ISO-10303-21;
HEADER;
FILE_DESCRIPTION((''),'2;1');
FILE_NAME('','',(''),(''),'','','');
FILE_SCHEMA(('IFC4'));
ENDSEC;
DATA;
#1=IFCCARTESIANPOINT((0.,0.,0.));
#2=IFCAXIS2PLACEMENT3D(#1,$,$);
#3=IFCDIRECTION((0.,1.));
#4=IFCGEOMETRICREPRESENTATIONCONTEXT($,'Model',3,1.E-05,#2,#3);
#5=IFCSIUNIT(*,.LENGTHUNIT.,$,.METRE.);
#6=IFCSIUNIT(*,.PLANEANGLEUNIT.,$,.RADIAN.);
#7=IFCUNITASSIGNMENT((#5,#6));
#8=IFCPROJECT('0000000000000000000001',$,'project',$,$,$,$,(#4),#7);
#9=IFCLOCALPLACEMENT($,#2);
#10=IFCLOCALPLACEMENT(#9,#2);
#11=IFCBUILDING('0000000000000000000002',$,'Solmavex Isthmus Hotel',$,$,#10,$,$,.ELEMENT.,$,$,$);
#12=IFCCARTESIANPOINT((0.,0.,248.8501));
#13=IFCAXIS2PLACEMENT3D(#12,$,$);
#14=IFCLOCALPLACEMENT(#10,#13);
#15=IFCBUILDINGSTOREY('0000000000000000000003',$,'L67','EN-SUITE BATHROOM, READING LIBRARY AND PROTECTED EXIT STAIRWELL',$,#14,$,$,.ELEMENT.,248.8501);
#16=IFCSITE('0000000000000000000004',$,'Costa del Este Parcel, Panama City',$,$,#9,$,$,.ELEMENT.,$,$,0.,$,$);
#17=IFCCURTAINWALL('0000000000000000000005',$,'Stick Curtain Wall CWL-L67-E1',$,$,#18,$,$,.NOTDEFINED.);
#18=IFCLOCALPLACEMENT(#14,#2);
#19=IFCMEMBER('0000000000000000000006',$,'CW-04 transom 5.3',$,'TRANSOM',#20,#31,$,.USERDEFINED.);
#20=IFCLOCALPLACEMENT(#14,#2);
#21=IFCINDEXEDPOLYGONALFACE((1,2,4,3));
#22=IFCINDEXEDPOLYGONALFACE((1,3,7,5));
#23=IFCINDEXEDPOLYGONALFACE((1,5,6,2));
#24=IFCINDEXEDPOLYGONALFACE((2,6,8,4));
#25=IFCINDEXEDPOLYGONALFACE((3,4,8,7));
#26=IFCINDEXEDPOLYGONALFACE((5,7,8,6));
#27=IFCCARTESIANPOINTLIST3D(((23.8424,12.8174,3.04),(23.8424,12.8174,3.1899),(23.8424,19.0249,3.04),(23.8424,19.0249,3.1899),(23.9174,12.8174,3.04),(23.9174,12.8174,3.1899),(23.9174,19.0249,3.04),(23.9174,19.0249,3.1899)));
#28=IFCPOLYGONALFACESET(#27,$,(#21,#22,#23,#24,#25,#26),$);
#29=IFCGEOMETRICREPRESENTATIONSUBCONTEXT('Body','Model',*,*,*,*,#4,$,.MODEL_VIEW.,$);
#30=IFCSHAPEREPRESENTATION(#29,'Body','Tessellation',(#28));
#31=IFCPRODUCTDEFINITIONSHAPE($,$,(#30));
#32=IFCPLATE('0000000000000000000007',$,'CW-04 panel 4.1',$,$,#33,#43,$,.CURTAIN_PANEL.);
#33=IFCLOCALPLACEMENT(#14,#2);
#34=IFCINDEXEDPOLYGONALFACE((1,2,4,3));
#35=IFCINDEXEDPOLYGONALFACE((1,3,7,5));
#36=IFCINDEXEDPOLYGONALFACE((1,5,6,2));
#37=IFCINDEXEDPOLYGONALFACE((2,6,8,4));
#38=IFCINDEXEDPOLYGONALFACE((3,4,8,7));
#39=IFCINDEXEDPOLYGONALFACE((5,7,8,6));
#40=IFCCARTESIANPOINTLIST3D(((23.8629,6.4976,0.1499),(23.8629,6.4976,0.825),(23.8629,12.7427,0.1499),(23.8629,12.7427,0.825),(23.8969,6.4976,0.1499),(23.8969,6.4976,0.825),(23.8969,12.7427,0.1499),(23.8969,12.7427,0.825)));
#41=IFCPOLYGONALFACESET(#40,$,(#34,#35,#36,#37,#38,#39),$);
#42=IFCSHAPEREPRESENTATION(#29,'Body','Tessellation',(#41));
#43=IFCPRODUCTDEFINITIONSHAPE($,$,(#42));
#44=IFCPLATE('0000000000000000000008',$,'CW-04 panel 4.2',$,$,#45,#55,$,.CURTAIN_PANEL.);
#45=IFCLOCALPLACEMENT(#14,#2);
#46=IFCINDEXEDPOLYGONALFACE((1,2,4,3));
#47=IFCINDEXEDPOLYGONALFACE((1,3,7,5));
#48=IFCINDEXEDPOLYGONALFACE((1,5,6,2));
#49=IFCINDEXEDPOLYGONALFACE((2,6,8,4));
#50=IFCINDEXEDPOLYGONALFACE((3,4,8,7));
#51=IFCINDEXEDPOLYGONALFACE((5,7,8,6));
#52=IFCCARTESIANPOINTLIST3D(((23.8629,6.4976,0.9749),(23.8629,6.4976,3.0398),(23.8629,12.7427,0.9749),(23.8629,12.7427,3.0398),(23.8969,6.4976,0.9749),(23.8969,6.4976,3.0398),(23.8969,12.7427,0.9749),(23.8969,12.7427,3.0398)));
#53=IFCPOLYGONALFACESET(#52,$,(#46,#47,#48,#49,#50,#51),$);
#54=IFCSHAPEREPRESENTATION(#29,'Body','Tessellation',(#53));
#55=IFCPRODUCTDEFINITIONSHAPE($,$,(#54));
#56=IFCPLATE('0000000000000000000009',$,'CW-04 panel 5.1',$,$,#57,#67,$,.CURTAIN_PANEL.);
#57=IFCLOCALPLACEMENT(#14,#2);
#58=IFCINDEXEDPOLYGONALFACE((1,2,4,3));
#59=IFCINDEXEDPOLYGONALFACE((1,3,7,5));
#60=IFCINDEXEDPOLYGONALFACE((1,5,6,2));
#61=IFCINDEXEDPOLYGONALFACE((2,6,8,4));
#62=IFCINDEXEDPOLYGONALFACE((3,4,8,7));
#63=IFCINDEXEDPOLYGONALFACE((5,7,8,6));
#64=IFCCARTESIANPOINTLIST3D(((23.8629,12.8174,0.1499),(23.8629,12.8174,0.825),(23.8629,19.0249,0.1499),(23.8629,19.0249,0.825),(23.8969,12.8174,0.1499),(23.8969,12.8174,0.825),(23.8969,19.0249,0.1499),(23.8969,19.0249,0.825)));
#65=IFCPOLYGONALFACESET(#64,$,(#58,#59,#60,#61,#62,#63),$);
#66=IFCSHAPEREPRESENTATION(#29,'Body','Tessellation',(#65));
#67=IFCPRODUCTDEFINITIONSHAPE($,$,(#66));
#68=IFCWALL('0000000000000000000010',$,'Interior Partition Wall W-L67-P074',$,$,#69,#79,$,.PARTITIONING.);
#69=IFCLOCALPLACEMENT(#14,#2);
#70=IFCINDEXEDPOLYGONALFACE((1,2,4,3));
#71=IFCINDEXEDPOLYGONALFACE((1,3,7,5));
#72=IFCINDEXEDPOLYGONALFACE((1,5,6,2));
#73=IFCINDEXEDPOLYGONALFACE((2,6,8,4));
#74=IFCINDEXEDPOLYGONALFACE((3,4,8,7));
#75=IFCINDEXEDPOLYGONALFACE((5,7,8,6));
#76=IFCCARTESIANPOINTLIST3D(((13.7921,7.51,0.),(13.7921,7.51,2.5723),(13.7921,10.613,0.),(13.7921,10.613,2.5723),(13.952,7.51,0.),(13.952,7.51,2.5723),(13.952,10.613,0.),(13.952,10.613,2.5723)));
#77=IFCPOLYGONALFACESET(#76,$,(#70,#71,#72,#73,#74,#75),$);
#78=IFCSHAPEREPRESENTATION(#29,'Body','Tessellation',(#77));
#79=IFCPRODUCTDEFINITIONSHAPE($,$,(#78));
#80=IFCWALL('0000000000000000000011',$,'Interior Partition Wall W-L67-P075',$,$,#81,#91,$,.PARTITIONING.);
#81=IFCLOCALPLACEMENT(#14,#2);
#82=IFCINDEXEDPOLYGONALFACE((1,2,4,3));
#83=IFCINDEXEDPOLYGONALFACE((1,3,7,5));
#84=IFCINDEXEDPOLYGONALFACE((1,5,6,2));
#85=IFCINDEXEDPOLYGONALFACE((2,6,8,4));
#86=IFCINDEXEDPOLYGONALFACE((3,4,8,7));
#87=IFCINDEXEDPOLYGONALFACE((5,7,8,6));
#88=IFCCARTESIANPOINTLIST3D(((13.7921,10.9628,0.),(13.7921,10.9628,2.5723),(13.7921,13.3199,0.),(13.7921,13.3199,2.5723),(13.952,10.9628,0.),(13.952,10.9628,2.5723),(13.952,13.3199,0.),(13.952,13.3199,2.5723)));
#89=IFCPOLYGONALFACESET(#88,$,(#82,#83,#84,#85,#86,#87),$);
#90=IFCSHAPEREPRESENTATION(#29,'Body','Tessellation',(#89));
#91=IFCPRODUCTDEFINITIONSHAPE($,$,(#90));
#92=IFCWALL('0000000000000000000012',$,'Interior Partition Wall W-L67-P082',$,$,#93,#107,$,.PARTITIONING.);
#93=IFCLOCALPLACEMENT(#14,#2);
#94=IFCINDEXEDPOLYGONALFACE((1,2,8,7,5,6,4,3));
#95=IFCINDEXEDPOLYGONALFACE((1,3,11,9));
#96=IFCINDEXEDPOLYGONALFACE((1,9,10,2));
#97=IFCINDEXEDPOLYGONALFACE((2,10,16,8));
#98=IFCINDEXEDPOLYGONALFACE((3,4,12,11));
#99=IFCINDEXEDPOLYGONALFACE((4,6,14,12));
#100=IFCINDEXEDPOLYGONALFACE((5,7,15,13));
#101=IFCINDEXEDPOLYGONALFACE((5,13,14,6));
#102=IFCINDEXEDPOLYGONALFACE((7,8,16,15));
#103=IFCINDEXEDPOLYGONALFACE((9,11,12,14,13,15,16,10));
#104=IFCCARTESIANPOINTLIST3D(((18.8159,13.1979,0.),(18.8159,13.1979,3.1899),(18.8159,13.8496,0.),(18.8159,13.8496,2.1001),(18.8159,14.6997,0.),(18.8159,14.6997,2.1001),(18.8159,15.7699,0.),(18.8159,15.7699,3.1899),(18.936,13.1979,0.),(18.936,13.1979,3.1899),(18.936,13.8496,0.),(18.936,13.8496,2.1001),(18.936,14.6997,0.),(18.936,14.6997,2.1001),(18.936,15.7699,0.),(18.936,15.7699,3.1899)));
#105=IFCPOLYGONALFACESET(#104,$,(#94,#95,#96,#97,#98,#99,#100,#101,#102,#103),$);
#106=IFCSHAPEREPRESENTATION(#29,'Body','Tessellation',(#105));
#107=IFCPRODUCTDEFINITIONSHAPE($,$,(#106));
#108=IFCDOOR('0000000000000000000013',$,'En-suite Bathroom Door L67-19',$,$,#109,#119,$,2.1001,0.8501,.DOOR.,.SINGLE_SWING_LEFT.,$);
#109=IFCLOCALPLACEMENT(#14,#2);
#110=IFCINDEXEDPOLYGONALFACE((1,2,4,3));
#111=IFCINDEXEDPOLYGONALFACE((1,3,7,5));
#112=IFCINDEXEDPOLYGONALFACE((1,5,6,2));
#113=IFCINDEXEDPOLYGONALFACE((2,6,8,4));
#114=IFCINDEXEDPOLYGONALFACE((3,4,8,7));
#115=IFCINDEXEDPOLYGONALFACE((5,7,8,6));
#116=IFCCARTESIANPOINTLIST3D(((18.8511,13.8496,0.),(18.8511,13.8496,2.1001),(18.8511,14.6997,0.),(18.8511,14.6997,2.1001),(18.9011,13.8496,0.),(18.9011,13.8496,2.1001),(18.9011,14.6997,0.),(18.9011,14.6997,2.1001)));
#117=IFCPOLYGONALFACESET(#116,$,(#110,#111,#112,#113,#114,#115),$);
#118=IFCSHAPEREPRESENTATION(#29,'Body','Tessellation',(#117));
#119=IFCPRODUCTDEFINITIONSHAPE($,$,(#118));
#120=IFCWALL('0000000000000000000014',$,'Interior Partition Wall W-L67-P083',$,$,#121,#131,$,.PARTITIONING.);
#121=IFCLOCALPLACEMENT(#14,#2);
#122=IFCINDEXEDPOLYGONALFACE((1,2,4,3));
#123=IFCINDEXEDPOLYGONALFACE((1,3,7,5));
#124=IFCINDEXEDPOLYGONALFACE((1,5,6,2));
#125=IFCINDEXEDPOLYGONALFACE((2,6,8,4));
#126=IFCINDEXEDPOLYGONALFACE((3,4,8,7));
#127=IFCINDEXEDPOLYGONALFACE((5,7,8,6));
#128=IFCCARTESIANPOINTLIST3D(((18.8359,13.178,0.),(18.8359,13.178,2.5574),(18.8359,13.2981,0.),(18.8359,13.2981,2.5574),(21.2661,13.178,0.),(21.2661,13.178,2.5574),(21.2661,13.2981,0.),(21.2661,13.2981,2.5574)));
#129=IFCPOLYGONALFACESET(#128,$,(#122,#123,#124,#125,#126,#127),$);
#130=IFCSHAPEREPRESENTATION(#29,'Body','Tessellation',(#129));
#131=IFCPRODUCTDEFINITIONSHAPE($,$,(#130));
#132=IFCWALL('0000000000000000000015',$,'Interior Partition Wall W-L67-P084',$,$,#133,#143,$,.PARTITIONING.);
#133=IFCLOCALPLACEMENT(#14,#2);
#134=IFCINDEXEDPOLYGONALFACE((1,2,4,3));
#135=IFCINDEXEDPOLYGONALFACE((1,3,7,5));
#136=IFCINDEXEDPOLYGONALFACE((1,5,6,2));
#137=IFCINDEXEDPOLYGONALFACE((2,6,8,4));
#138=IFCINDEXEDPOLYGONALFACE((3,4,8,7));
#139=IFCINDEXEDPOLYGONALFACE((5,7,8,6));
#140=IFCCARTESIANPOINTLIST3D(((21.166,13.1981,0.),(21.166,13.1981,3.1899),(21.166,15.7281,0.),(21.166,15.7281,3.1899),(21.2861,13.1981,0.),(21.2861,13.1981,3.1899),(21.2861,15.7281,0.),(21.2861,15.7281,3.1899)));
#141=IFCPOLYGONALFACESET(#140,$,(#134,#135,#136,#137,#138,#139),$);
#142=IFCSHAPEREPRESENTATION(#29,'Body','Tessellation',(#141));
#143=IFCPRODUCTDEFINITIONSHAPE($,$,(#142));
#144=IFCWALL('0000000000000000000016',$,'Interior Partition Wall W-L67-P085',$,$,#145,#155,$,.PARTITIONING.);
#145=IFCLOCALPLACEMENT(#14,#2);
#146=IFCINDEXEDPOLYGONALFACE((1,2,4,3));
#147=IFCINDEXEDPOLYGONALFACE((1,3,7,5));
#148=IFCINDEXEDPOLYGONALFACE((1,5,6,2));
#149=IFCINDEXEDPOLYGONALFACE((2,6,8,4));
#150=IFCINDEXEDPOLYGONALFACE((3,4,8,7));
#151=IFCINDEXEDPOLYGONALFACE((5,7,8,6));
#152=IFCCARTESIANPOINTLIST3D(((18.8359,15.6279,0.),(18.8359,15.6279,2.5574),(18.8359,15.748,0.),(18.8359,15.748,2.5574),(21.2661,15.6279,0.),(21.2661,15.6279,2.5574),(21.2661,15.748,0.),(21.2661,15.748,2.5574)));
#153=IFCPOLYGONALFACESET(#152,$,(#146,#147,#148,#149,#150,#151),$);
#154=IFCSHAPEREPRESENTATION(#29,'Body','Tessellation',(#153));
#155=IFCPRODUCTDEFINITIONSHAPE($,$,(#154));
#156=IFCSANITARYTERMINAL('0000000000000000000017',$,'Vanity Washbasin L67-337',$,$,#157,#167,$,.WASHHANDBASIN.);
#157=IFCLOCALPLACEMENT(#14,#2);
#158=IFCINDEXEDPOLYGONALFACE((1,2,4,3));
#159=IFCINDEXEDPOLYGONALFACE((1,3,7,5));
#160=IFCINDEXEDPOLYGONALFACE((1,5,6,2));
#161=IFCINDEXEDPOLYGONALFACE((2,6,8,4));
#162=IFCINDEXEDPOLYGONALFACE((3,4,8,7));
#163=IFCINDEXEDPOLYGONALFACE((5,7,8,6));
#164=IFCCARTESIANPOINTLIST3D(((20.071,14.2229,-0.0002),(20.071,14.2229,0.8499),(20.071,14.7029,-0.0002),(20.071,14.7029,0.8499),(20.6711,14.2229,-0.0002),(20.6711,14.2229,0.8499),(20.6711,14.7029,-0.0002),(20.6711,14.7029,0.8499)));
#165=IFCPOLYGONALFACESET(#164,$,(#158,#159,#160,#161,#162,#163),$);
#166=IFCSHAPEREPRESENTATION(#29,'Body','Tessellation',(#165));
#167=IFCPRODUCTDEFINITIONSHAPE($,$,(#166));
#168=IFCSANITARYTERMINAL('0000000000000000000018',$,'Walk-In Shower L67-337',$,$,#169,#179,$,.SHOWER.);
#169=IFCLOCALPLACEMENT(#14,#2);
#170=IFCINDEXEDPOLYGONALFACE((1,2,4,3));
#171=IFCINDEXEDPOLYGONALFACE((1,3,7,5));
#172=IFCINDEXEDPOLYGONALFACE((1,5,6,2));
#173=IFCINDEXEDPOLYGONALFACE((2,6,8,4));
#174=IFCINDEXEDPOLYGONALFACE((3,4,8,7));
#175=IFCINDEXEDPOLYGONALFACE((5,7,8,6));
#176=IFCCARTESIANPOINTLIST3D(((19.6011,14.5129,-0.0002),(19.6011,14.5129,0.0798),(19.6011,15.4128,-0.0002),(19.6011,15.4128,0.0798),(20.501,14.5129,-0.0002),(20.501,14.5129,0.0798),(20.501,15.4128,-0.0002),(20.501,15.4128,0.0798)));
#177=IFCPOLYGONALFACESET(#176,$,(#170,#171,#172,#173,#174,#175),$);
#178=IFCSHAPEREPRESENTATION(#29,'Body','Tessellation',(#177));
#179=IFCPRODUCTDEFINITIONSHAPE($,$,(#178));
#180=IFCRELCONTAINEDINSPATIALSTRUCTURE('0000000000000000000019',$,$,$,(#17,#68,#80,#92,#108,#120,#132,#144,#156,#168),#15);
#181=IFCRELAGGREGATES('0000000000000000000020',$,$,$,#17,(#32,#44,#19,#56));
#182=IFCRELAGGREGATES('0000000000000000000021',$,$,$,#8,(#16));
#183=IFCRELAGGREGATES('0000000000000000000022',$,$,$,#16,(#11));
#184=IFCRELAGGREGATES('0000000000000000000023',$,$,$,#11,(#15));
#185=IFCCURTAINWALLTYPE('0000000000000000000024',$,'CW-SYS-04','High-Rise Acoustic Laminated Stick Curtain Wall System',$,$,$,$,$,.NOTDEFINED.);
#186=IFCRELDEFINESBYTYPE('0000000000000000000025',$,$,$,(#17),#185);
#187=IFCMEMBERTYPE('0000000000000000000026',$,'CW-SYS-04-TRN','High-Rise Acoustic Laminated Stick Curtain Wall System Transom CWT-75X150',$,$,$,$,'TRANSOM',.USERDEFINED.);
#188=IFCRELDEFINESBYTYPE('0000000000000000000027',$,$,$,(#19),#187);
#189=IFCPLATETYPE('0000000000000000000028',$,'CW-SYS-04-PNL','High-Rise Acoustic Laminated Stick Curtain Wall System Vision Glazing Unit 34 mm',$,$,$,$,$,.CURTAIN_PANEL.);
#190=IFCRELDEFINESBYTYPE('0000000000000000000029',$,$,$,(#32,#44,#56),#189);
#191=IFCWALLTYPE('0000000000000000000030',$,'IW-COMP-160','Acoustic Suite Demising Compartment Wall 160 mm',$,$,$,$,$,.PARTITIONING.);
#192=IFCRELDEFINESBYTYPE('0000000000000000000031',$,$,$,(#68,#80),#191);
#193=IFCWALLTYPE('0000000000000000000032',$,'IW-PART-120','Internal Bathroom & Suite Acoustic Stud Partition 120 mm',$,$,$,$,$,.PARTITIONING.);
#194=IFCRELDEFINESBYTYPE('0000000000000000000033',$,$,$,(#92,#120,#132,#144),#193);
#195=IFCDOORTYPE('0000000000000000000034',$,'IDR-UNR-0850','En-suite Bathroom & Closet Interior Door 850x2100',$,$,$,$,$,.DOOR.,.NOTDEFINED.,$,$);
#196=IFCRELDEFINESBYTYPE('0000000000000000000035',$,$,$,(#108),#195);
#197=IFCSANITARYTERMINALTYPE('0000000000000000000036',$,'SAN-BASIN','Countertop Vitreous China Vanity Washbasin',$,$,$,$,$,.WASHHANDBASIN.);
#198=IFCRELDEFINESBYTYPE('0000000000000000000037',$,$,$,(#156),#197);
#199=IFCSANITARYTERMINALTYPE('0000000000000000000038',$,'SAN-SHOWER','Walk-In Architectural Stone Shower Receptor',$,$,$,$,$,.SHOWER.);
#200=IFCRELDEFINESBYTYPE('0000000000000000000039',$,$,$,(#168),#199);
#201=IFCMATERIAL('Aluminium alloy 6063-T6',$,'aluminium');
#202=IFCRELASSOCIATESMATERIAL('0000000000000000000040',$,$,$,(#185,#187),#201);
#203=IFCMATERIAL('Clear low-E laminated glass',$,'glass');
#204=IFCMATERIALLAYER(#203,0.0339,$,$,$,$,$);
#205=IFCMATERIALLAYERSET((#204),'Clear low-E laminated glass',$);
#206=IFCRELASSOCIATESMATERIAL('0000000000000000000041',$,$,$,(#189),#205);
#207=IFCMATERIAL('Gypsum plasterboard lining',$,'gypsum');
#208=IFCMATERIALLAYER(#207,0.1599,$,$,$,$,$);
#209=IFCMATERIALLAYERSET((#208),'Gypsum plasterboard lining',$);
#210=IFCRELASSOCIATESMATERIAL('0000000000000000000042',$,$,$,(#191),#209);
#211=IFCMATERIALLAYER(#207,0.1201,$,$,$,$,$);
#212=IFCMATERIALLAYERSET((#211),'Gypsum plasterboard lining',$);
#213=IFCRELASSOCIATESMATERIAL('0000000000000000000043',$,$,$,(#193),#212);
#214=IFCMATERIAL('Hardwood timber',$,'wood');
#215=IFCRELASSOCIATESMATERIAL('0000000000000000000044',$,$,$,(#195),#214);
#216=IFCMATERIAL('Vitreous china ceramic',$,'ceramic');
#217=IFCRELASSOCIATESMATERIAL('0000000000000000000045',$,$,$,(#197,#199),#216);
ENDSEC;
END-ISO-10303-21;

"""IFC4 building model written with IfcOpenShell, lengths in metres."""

from ifc_helpers import new_model, si_unit, direction, frame, frame_2d, origin, origin_2d, place, context, subcontext, project, spatial, rectangle, extrude, material, layer, layer_set, material_profile, profile_set, type_object, element, fill, aggregate, save


model = new_model("IFC4")

# Units and contexts
model_context = context("Model", 3, precision=1e-05, world=origin(), true_north=direction((0.0, 1.0)))
body_context = subcontext(model_context, "Body", "Model", "MODEL_VIEW")
ifc_project = project(units=[si_unit("LENGTHUNIT", "METRE"), si_unit("PLANEANGLEUNIT", "RADIAN")], contexts=[model_context])

# Site, building, storey
site_placement = place(None, origin())
site = spatial("IfcSite", under=ifc_project, at=site_placement, Name="Costa del Este Parcel, Panama City", CompositionType="ELEMENT", RefElevation=0.0)
building_placement = place(site_placement, origin())
building = spatial("IfcBuilding", under=site, at=building_placement, Name="Solmavex Isthmus Hotel", CompositionType="ELEMENT")
storey_placement = place(building_placement, frame((0.0, 0.0, 248.8501)))
storey = spatial("IfcBuildingStorey", under=building, at=storey_placement, Name="L67", Description="EN-SUITE BATHROOM, READING LIBRARY AND PROTECTED EXIT STAIRWELL", CompositionType="ELEMENT", Elevation=248.8501)

# Curtain wall, member, plates
ifc_material_1 = material(Name="Aluminium alloy 6063-T6", Category="aluminium")
curtain_wall_type = type_object("IfcCurtainWallType", Name="CW-SYS-04", Description="High-Rise Acoustic Laminated Stick Curtain Wall System", PredefinedType="NOTDEFINED", material=ifc_material_1)
curtain_wall_placement = place(storey_placement, origin())
curtain_wall = element("IfcCurtainWall", 1, at=curtain_wall_placement, inside=storey, type_object=curtain_wall_type, Name="Stick Curtain Wall CWL-L67-E1", PredefinedType="NOTDEFINED")
ifc_material_profile_1 = material_profile(ifc_material_1, rectangle(XDim=0.075, YDim=0.1499, at=origin_2d()), Name="CWT-75X150")
ifc_profile_set_1 = profile_set([ifc_material_profile_1], Name="Aluminium alloy 6063-T6")
member_type_1 = type_object("IfcMemberType", Name="CW-SYS-04-TRN", Description="High-Rise Acoustic Laminated Stick Curtain Wall System Transom CWT-75X150", ElementType="TRANSOM", PredefinedType="USERDEFINED", material=ifc_profile_set_1)
member_1_placement = place(storey_placement, frame((23.8799, 12.8174, 3.115), z_axis=(0.0, 1.0, 0.0), x_axis=(-1.0, 0.0, 0.0)))
member_1 = element("IfcMember", 2, at=member_1_placement, type_object=member_type_1, Name="CW-04 transom 5.3", ObjectType="TRANSOM", PredefinedType="USERDEFINED", context=body_context, shape_type="SweptSolid", body=[
    extrude(rectangle(XDim=0.075, YDim=0.1499, at=origin_2d()), origin(), (0.0, 0.0, 1.0), 6.2075),
])
ifc_material_2 = material(Name="Clear low-E laminated glass", Category="glass")
ifc_layer_1 = layer(ifc_material_2, 0.0339)
ifc_layer_set_1 = layer_set([ifc_layer_1], Name="Clear low-E laminated glass")
plate_type = type_object("IfcPlateType", Name="CW-SYS-04-PNL", Description="High-Rise Acoustic Laminated Stick Curtain Wall System Vision Glazing Unit 34 mm", PredefinedType="CURTAIN_PANEL", material=ifc_layer_set_1)
plate_1_placement = place(storey_placement, frame((23.8799, 9.6201, 0.1499), z_axis=(0.0, 0.0, 1.0), x_axis=(0.0, 1.0, 0.0)))
plate_1 = element("IfcPlate", 3, at=plate_1_placement, type_object=plate_type, Name="CW-04 panel 4.1", PredefinedType="CURTAIN_PANEL", context=body_context, shape_type="SweptSolid", body=[
    extrude(rectangle(XDim=6.2451, YDim=0.0339, at=origin_2d()), origin(), (0.0, 0.0, 1.0), 0.675),
])
plate_2_placement = place(storey_placement, frame((23.8799, 9.6201, 0.9749), z_axis=(0.0, 0.0, 1.0), x_axis=(0.0, 1.0, 0.0)))
plate_2 = element("IfcPlate", 4, at=plate_2_placement, type_object=plate_type, Name="CW-04 panel 4.2", PredefinedType="CURTAIN_PANEL", context=body_context, shape_type="SweptSolid", body=[
    extrude(rectangle(XDim=6.2451, YDim=0.0339, at=origin_2d()), origin(), (0.0, 0.0, 1.0), 2.0649),
])
plate_3_placement = place(storey_placement, frame((23.8799, 15.9211, 0.1499), z_axis=(0.0, 0.0, 1.0), x_axis=(0.0, 1.0, 0.0)))
plate_3 = element("IfcPlate", 5, at=plate_3_placement, type_object=plate_type, Name="CW-04 panel 5.1", PredefinedType="CURTAIN_PANEL", context=body_context, shape_type="SweptSolid", body=[
    extrude(rectangle(XDim=6.2075, YDim=0.0339, at=origin_2d()), origin(), (0.0, 0.0, 1.0), 0.675),
])
aggregate(curtain_wall, [plate_1, plate_2, member_1, plate_3])

# Walls
ifc_material_3 = material(Name="Gypsum plasterboard lining", Category="gypsum")
ifc_layer_2 = layer(ifc_material_3, 0.1599)
ifc_layer_set_2 = layer_set([ifc_layer_2], Name="Gypsum plasterboard lining")
wall_type_1 = type_object("IfcWallType", Name="IW-COMP-160", Description="Acoustic Suite Demising Compartment Wall 160 mm", PredefinedType="PARTITIONING", material=ifc_layer_set_2)
wall_1_placement = place(storey_placement, frame((13.8721, 10.613, 0.0), z_axis=(0.0, 0.0, 1.0), x_axis=(0.0, -1.0, 0.0)))
element("IfcWall", 6, at=wall_1_placement, inside=storey, type_object=wall_type_1, Name="Interior Partition Wall W-L67-P074", PredefinedType="PARTITIONING", context=body_context, shape_type="SweptSolid", body=[
    extrude(rectangle(XDim=3.103, YDim=0.1599, at=frame_2d((1.5515, 0.0))), origin(), (0.0, 0.0, 1.0), 2.5723),
])
wall_2_placement = place(storey_placement, frame((13.8721, 13.3201, 0.0), z_axis=(0.0, 0.0, 1.0), x_axis=(0.0, -1.0, 0.0)))
element("IfcWall", 7, at=wall_2_placement, inside=storey, type_object=wall_type_1, Name="Interior Partition Wall W-L67-P075", PredefinedType="PARTITIONING", context=body_context, shape_type="SweptSolid", body=[
    extrude(rectangle(XDim=2.3572, YDim=0.1599, at=frame_2d((1.1787, 0.0))), origin(), (0.0, 0.0, 1.0), 2.5723),
])

# Wall, opening, door
ifc_material_4 = material(Name="Hardwood timber", Category="wood")
ifc_layer_3 = layer(ifc_material_3, 0.1201)
ifc_layer_set_3 = layer_set([ifc_layer_3], Name="Gypsum plasterboard lining")
wall_type_2 = type_object("IfcWallType", Name="IW-PART-120", Description="Internal Bathroom & Suite Acoustic Stud Partition 120 mm", PredefinedType="PARTITIONING", material=ifc_layer_set_3)
wall_3_placement = place(storey_placement, frame((18.876, 15.77, 0.0), z_axis=(0.0, 0.0, 1.0), x_axis=(0.0, -1.0, 0.0)))
wall_3 = element("IfcWall", 8, at=wall_3_placement, inside=storey, type_object=wall_type_2, Name="Interior Partition Wall W-L67-P082", PredefinedType="PARTITIONING", context=body_context, shape_type="SweptSolid", body=[
    extrude(rectangle(XDim=2.572, YDim=0.1201, at=frame_2d((1.2861, 0.0))), origin(), (0.0, 0.0, 1.0), 3.1899),
])
opening_1_placement = place(wall_3_placement, frame((1.0703, 0.0, 0.0)))
opening_1 = element("IfcOpeningElement", 9, at=opening_1_placement, cuts=wall_3, PredefinedType="OPENING", context=body_context, shape_type="SweptSolid", body=[
    extrude(rectangle(XDim=0.8501, YDim=2.1001, at=frame_2d((0.425, 1.05))), frame((0.0, 0.0701, 0.0), z_axis=(0.0, -1.0, 0.0), x_axis=(1.0, 0.0, 0.0)), (0.0, 0.0, 1.0), 0.1401),
])
door_type_1 = type_object("IfcDoorType", Name="IDR-UNR-0850", Description="En-suite Bathroom & Closet Interior Door 850x2100", OperationType="NOTDEFINED", PredefinedType="DOOR", material=ifc_material_4)
door_1_placement = place(opening_1_placement, frame((0.8501, 0.0, 0.0), z_axis=(0.0, 0.0, 1.0), x_axis=(-1.0, 0.0, 0.0)))
door_1 = element("IfcDoor", 10, at=door_1_placement, inside=storey, type_object=door_type_1, Name="En-suite Bathroom Door L67-19", OperationType="SINGLE_SWING_LEFT", OverallHeight=2.1001, OverallWidth=0.8501, PredefinedType="DOOR", context=body_context, shape_type="SweptSolid", body=[
    extrude(rectangle(XDim=0.8501, YDim=2.1001, at=frame_2d((0.425, 1.05))), frame((0.0, 0.0249, 0.0), z_axis=(0.0, -1.0, 0.0), x_axis=(1.0, 0.0, 0.0)), (0.0, 0.0, 1.0), 0.05),
])
fill(opening_1, door_1)

# Walls
wall_4_placement = place(storey_placement, frame((18.8359, 13.238, 0.0), z_axis=(0.0, 0.0, 1.0), x_axis=(1.0, 0.0, 0.0)))
element("IfcWall", 11, at=wall_4_placement, inside=storey, type_object=wall_type_2, Name="Interior Partition Wall W-L67-P083", PredefinedType="PARTITIONING", context=body_context, shape_type="SweptSolid", body=[
    extrude(rectangle(XDim=2.4302, YDim=0.1201, at=frame_2d((1.2151, 0.0))), origin(), (0.0, 0.0, 1.0), 2.5574),
])
wall_5_placement = place(storey_placement, frame((21.2261, 13.198, 0.0), z_axis=(0.0, 0.0, 1.0), x_axis=(0.0, 1.0, 0.0)))
element("IfcWall", 12, at=wall_5_placement, inside=storey, type_object=wall_type_2, Name="Interior Partition Wall W-L67-P084", PredefinedType="PARTITIONING", context=body_context, shape_type="SweptSolid", body=[
    extrude(rectangle(XDim=2.53, YDim=0.1201, at=frame_2d((1.2651, 0.0))), origin(), (0.0, 0.0, 1.0), 3.1899),
])
wall_6_placement = place(storey_placement, frame((21.2661, 15.688, 0.0), z_axis=(0.0, 0.0, 1.0), x_axis=(-1.0, 0.0, 0.0)))
element("IfcWall", 13, at=wall_6_placement, inside=storey, type_object=wall_type_2, Name="Interior Partition Wall W-L67-P085", PredefinedType="PARTITIONING", context=body_context, shape_type="SweptSolid", body=[
    extrude(rectangle(XDim=2.4302, YDim=0.1201, at=frame_2d((1.2151, 0.0))), origin(), (0.0, 0.0, 1.0), 2.5574),
])

# Sanitary terminals
ifc_material_5 = material(Name="Vitreous china ceramic", Category="ceramic")
sanitary_terminal_type_1 = type_object("IfcSanitaryTerminalType", Name="SAN-BASIN", Description="Countertop Vitreous China Vanity Washbasin", PredefinedType="WASHHANDBASIN", material=ifc_material_5)
sanitary_terminal_1_placement = place(storey_placement, frame((20.3711, 14.4629, -0.0002), z_axis=(0.0, 0.0, 1.0), x_axis=(1.0, 0.0, 0.0)))
element("IfcSanitaryTerminal", 14, at=sanitary_terminal_1_placement, inside=storey, type_object=sanitary_terminal_type_1, Name="Vanity Washbasin L67-337", PredefinedType="WASHHANDBASIN", context=body_context, shape_type="SweptSolid", body=[
    extrude(rectangle(XDim=0.6001, YDim=0.48, at=origin_2d()), origin(), (0.0, 0.0, 1.0), 0.8501),
])
sanitary_terminal_type_2 = type_object("IfcSanitaryTerminalType", Name="SAN-SHOWER", Description="Walk-In Architectural Stone Shower Receptor", PredefinedType="SHOWER", material=ifc_material_5)
sanitary_terminal_2_placement = place(storey_placement, frame((20.051, 14.9629, -0.0002), z_axis=(0.0, 0.0, 1.0), x_axis=(1.0, 0.0, 0.0)))
element("IfcSanitaryTerminal", 15, at=sanitary_terminal_2_placement, inside=storey, type_object=sanitary_terminal_type_2, Name="Walk-In Shower L67-337", PredefinedType="SHOWER", context=body_context, shape_type="SweptSolid", body=[
    extrude(rectangle(XDim=0.8999, YDim=0.8999, at=origin_2d()), origin(), (0.0, 0.0, 1.0), 0.0801),
])

save(model, "model.ifc")
